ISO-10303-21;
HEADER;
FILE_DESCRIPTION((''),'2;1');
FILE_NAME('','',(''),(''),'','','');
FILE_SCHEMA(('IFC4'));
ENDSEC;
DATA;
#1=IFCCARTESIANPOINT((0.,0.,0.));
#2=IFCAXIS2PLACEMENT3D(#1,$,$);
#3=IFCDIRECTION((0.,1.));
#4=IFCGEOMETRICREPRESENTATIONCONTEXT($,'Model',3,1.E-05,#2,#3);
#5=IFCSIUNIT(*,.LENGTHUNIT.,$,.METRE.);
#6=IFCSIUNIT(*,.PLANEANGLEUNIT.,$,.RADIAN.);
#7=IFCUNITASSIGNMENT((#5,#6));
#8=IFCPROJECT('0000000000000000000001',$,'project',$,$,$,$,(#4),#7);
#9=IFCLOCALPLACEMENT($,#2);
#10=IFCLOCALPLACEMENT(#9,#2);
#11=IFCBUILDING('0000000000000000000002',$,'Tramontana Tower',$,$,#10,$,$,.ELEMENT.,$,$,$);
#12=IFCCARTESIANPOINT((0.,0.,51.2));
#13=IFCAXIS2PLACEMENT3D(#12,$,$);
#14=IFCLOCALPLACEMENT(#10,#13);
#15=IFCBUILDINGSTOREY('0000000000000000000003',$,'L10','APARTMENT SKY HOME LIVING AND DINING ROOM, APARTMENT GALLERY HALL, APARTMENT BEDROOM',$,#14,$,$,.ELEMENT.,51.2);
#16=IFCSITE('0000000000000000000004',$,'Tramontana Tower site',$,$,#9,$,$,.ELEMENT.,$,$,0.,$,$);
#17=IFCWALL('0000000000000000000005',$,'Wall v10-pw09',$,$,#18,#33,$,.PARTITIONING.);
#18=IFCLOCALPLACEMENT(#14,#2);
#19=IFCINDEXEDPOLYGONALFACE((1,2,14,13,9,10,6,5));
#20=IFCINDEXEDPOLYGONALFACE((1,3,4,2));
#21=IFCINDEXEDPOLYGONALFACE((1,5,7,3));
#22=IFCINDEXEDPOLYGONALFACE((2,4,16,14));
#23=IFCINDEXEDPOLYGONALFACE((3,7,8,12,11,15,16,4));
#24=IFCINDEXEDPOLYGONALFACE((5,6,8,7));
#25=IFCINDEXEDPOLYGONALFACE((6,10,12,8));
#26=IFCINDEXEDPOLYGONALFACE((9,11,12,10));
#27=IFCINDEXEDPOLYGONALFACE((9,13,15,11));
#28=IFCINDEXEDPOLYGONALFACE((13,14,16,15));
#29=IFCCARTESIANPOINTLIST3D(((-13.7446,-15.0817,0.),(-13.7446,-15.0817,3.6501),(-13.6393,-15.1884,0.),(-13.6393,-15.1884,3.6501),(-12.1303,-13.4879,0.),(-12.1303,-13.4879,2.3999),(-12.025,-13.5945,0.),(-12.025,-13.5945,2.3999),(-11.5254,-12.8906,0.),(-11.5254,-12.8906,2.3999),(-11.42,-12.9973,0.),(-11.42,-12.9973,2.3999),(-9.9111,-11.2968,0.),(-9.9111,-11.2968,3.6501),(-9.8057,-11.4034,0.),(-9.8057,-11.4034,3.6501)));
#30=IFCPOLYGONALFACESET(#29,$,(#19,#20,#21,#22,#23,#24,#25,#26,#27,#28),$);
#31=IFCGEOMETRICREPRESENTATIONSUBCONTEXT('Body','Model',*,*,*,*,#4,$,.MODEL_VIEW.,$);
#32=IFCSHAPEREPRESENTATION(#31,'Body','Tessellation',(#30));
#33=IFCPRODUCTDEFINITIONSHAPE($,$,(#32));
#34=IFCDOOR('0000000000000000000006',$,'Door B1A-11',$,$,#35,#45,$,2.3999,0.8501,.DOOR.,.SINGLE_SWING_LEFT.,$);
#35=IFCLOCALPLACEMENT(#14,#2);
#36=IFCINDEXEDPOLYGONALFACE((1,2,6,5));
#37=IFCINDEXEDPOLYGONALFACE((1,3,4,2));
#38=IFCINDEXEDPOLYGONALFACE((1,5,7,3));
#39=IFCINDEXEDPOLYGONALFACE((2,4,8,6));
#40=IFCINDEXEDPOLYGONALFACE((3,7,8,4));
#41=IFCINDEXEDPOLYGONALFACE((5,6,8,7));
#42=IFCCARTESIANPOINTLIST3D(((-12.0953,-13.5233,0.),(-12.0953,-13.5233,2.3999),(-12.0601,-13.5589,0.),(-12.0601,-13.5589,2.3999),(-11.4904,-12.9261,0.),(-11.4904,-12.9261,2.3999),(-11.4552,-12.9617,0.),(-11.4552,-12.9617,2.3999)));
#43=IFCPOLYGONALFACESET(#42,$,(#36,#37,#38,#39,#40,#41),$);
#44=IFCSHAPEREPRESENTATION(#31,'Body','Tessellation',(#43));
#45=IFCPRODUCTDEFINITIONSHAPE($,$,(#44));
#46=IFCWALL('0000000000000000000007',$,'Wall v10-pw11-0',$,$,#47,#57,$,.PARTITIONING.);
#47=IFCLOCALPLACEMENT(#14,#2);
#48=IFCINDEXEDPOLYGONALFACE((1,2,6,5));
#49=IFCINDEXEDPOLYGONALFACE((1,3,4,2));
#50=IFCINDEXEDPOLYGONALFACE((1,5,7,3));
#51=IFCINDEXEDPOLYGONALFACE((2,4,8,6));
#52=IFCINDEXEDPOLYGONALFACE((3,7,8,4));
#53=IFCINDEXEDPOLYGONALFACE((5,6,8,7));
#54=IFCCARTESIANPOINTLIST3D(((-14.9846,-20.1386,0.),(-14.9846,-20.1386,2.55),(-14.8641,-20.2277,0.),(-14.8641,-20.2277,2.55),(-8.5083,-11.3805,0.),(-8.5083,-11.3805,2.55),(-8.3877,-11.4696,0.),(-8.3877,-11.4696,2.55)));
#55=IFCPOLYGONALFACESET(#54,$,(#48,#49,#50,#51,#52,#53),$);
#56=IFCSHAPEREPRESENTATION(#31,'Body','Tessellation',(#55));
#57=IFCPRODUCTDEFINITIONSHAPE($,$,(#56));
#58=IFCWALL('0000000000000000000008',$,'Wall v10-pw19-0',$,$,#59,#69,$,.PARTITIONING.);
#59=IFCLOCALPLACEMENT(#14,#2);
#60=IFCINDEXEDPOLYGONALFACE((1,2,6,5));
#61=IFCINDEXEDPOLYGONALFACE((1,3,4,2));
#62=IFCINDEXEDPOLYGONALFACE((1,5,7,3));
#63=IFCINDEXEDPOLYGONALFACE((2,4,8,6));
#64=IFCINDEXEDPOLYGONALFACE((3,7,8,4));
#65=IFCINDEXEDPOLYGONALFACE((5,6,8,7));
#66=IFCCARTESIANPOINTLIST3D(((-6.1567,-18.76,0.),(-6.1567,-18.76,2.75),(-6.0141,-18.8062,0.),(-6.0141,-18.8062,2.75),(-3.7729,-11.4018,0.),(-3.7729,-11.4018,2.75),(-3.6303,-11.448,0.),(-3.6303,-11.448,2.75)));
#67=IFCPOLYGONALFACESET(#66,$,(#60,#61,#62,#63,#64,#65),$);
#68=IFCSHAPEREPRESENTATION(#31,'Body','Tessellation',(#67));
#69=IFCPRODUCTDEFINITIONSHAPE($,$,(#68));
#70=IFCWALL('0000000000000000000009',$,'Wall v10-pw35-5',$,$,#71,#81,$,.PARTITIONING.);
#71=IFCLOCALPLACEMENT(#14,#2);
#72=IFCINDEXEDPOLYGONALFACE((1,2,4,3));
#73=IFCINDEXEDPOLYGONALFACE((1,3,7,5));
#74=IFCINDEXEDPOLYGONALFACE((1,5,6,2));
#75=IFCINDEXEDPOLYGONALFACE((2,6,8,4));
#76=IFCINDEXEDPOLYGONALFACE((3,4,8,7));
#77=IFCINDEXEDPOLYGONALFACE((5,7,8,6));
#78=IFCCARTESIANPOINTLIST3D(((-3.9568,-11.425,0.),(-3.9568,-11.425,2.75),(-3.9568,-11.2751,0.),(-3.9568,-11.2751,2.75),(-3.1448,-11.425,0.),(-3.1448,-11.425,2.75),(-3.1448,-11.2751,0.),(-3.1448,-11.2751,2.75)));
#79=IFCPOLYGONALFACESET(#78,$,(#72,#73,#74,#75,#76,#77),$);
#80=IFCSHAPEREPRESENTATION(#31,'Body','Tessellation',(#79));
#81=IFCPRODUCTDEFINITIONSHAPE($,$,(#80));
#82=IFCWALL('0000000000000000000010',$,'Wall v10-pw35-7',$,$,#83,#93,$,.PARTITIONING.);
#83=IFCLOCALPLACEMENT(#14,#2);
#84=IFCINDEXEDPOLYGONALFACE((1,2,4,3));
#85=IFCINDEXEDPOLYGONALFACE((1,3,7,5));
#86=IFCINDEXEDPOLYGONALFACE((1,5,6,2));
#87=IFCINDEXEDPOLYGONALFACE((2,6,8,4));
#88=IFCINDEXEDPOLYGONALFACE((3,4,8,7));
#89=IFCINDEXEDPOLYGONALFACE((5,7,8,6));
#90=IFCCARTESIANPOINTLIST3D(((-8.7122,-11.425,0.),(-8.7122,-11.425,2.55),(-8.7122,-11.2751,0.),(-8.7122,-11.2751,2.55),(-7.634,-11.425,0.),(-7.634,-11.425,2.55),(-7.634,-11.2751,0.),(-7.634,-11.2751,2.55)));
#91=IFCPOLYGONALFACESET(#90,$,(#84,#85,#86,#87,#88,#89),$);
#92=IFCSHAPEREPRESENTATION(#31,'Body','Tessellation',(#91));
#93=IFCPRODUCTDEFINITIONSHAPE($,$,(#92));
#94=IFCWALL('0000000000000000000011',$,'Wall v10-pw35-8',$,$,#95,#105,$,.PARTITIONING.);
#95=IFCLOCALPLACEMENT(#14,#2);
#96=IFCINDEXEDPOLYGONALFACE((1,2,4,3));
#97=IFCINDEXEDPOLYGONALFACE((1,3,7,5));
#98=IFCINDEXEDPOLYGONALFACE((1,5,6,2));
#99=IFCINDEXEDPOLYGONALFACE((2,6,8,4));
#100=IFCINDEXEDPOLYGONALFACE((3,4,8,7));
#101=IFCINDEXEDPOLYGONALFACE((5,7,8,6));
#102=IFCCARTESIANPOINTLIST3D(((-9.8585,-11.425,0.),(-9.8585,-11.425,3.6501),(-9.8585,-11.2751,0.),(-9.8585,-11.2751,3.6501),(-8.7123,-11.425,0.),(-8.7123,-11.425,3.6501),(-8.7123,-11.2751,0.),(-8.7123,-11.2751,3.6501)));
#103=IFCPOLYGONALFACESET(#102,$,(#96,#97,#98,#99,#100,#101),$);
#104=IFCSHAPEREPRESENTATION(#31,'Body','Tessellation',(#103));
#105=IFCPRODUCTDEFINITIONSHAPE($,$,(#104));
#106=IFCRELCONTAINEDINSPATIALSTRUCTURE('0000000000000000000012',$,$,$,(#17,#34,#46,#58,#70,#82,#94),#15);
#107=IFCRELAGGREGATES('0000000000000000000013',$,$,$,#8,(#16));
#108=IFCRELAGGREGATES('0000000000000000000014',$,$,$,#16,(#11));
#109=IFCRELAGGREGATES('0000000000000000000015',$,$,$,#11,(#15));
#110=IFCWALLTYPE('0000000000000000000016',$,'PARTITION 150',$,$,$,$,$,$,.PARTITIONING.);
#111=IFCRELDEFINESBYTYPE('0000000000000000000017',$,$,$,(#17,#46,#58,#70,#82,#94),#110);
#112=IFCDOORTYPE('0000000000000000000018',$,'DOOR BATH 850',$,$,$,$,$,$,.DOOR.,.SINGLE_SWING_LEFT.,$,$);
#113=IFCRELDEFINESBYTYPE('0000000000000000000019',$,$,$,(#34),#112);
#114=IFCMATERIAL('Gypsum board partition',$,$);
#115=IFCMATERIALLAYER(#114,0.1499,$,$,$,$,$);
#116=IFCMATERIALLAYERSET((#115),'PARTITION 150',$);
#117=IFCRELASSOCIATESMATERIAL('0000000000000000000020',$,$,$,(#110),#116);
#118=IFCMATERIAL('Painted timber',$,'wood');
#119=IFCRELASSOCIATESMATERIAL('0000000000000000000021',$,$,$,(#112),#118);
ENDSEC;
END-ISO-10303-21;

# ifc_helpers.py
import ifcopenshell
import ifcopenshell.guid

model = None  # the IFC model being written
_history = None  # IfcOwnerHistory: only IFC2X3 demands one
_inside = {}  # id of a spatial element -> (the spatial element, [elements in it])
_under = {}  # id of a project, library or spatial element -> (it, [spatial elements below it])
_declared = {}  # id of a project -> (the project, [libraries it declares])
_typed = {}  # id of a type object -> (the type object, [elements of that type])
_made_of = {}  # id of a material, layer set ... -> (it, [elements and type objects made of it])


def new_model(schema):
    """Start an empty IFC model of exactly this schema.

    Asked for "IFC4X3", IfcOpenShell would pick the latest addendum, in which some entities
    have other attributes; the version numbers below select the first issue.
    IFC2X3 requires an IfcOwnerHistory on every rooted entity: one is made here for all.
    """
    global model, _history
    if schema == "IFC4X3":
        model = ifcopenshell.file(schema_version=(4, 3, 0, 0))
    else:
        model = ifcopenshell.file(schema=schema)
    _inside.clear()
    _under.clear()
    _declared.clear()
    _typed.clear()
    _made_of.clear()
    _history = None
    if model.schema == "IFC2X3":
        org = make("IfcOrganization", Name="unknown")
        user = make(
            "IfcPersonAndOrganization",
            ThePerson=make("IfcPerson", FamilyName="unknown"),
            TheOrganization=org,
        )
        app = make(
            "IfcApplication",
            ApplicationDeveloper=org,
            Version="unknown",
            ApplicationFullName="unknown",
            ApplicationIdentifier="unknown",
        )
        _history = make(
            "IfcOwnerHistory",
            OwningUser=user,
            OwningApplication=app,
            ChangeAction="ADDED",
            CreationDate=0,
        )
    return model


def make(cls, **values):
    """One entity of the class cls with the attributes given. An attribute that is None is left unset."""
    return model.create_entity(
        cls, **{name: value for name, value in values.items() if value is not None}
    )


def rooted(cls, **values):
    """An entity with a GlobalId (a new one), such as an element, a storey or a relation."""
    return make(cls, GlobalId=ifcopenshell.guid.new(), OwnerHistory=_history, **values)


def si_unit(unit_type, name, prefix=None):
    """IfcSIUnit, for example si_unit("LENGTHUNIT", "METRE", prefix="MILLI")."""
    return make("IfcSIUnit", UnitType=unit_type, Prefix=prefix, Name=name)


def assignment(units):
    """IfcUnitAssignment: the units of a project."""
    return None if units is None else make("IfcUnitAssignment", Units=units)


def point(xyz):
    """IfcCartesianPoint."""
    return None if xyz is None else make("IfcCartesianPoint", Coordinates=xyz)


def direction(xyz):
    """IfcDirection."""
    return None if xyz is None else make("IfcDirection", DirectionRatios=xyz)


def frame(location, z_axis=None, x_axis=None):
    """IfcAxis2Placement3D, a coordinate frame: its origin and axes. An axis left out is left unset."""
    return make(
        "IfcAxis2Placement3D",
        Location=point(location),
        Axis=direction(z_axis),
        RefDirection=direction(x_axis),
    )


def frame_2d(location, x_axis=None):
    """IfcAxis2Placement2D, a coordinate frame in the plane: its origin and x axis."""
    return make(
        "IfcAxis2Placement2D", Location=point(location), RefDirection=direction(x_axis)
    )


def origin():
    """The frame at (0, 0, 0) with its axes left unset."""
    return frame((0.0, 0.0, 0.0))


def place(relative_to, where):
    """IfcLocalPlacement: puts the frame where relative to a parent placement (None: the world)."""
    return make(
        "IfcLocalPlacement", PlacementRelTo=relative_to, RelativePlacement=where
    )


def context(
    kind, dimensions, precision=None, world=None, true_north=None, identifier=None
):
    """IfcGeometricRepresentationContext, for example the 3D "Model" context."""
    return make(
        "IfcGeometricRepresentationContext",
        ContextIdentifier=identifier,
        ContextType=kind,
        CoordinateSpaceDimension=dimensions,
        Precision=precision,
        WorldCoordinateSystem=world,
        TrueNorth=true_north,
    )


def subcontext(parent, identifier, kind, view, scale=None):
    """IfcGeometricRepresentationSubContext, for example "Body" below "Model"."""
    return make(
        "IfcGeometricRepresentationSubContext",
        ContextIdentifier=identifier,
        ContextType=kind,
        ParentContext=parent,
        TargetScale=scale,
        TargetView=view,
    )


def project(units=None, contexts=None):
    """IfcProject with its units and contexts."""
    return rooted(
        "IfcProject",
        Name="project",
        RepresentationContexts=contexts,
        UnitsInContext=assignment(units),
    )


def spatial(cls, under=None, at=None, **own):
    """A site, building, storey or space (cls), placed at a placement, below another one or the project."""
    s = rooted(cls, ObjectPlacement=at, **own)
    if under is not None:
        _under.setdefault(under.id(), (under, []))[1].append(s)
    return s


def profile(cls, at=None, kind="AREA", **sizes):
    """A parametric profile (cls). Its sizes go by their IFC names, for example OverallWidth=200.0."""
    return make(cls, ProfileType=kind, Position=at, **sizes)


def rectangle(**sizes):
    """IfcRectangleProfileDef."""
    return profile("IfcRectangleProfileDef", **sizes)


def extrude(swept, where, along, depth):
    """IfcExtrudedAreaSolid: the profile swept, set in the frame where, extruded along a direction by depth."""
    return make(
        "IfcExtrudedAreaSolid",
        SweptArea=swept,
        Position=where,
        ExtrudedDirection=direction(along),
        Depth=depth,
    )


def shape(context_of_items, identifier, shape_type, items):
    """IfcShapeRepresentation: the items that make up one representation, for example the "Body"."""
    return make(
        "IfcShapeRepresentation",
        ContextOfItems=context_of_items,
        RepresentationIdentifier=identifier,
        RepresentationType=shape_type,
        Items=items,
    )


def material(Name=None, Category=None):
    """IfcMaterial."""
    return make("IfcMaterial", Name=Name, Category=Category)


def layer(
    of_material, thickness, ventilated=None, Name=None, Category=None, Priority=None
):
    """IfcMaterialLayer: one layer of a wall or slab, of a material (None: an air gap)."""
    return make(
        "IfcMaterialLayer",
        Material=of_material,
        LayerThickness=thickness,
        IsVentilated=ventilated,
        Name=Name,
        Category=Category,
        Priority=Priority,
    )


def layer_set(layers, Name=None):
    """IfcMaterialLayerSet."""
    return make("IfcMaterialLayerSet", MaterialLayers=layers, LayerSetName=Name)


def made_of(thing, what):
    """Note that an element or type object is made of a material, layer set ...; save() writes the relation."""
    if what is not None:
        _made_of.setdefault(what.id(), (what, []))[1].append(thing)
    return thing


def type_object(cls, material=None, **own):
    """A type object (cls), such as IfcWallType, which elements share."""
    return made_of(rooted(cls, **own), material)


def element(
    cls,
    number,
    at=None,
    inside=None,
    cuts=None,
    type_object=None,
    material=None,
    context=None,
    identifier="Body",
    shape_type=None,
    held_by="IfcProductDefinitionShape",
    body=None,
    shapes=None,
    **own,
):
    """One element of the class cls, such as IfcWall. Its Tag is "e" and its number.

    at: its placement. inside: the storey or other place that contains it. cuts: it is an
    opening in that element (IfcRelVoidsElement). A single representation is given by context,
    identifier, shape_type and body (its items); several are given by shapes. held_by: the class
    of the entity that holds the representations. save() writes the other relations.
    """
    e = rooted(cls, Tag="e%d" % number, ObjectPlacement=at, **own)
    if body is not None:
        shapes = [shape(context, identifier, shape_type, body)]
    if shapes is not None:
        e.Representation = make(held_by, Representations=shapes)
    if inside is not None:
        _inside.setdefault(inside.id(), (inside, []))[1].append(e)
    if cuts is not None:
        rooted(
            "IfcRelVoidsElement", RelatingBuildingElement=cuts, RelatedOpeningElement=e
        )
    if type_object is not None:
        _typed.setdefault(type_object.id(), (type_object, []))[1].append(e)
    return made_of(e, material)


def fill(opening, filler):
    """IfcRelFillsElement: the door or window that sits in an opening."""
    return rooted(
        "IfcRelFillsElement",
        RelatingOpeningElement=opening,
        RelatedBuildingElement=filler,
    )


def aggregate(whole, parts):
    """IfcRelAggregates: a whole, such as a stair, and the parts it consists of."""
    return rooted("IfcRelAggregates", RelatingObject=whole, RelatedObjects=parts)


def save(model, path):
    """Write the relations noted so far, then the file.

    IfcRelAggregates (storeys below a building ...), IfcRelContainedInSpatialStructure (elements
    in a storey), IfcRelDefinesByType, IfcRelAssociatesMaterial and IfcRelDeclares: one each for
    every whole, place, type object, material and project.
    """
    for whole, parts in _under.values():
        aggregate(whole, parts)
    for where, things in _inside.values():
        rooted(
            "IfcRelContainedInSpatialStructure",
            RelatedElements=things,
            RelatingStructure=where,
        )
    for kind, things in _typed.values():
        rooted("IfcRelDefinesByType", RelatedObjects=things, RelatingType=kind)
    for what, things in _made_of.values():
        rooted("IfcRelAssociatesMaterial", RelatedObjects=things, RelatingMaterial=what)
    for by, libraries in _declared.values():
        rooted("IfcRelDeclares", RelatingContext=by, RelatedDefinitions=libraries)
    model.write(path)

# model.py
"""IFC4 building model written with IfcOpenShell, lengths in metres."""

from ifc_helpers import new_model, si_unit, direction, frame, frame_2d, origin, place, context, subcontext, project, spatial, rectangle, extrude, material, layer, layer_set, type_object, element, fill, save


model = new_model("IFC4")

# Units and contexts
model_context = context("Model", 3, precision=1e-05, world=origin(), true_north=direction((0.0, 1.0)))
body_context = subcontext(model_context, "Body", "Model", "MODEL_VIEW")
ifc_project = project(units=[si_unit("LENGTHUNIT", "METRE"), si_unit("PLANEANGLEUNIT", "RADIAN")], contexts=[model_context])

# Site, building, storey
site_placement = place(None, origin())
site = spatial("IfcSite", under=ifc_project, at=site_placement, Name="Tramontana Tower site", CompositionType="ELEMENT", RefElevation=0.0)
building_placement = place(site_placement, origin())
building = spatial("IfcBuilding", under=site, at=building_placement, Name="Tramontana Tower", CompositionType="ELEMENT")
storey_placement = place(building_placement, frame((0.0, 0.0, 51.2)))
storey = spatial("IfcBuildingStorey", under=building, at=storey_placement, Name="L10", Description="APARTMENT SKY HOME LIVING AND DINING ROOM, APARTMENT GALLERY HALL, APARTMENT BEDROOM", CompositionType="ELEMENT", Elevation=51.2)

# Shared definitions
ifc_material_1 = material(Name="Gypsum board partition")
ifc_layer_1 = layer(ifc_material_1, 0.1499)
ifc_layer_set_1 = layer_set([ifc_layer_1], Name="PARTITION 150")
wall_type_1 = type_object("IfcWallType", Name="PARTITION 150", PredefinedType="PARTITIONING", material=ifc_layer_set_1)

# Wall, opening, door
wall_1_placement = place(storey_placement, frame((-9.8584, -11.3501, 0.0), z_axis=(0.0, 0.0, 1.0), x_axis=(-0.711602, -0.702583, 0.0)))
wall_1 = element("IfcWall", 1, at=wall_1_placement, inside=storey, type_object=wall_type_1, Name="Wall v10-pw09", PredefinedType="PARTITIONING", context=body_context, shape_type="SweptSolid", body=[
    extrude(rectangle(XDim=5.3872, YDim=0.1499, at=frame_2d((2.6936, 0.0))), origin(), (0.0, 0.0, 1.0), 3.6501),
])
opening_1_placement = place(wall_1_placement, frame((2.2686, 0.0, 0.0)))
opening_1 = element("IfcOpeningElement", 2, at=opening_1_placement, cuts=wall_1, PredefinedType="OPENING", context=body_context, shape_type="SweptSolid", body=[
    extrude(rectangle(XDim=0.8501, YDim=2.3999, at=frame_2d((0.425, 1.2))), frame((0.0, 0.085, 0.0), z_axis=(0.0, -1.0, 0.0), x_axis=(1.0, 0.0, 0.0)), (0.0, 0.0, 1.0), 0.1699),
])
ifc_material_2 = material(Name="Painted timber", Category="wood")
door_type_1 = type_object("IfcDoorType", Name="DOOR BATH 850", OperationType="SINGLE_SWING_LEFT", PredefinedType="DOOR", material=ifc_material_2)
door_1_placement = place(opening_1_placement, origin())
door_1 = element("IfcDoor", 3, at=door_1_placement, inside=storey, type_object=door_type_1, Name="Door B1A-11", OperationType="SINGLE_SWING_LEFT", OverallHeight=2.3999, OverallWidth=0.8501, PredefinedType="DOOR", context=body_context, shape_type="SweptSolid", body=[
    extrude(rectangle(XDim=0.8501, YDim=2.3999, at=frame_2d((0.425, 1.2))), frame((0.0, 0.0249, 0.0), z_axis=(0.0, -1.0, 0.0), x_axis=(1.0, 0.0, 0.0)), (0.0, 0.0, 1.0), 0.05),
])
fill(opening_1, door_1)

# Walls
wall_2_placement = place(storey_placement, frame((-8.448, -11.425, 0.0), z_axis=(0.0, 0.0, 1.0), x_axis=(-0.594568, -0.804046, 0.0)))
element("IfcWall", 4, at=wall_2_placement, inside=storey, type_object=wall_type_1, Name="Wall v10-pw11-0", PredefinedType="PARTITIONING", context=body_context, shape_type="SweptSolid", body=[
    extrude(rectangle(XDim=10.8926, YDim=0.1499, at=frame_2d((5.4463, 0.0))), origin(), (0.0, 0.0, 1.0), 2.55),
])
wall_3_placement = place(storey_placement, frame((-3.7017, -11.425, 0.0), z_axis=(0.0, 0.0, 1.0), x_axis=(-0.308196, -0.951323, 0.0)))
element("IfcWall", 5, at=wall_3_placement, inside=storey, type_object=wall_type_1, Name="Wall v10-pw19-0", PredefinedType="PARTITIONING", context=body_context, shape_type="SweptSolid", body=[
    extrude(rectangle(XDim=7.7346, YDim=0.1499, at=frame_2d((3.8672, 0.0))), origin(), (0.0, 0.0, 1.0), 2.75),
])
wall_4_placement = place(storey_placement, frame((-3.1448, -11.3501, 0.0), z_axis=(0.0, 0.0, 1.0), x_axis=(-1.0, 0.0, 0.0)))
element("IfcWall", 6, at=wall_4_placement, inside=storey, type_object=wall_type_1, Name="Wall v10-pw35-5", PredefinedType="PARTITIONING", context=body_context, shape_type="SweptSolid", body=[
    extrude(rectangle(XDim=0.812, YDim=0.1499, at=frame_2d((0.406, 0.0))), origin(), (0.0, 0.0, 1.0), 2.75),
])

# Walls
wall_5_placement = place(storey_placement, frame((-7.634, -11.3501, 0.0), z_axis=(0.0, 0.0, 1.0), x_axis=(-1.0, 0.0, 0.0)))
element("IfcWall", 7, at=wall_5_placement, inside=storey, type_object=wall_type_1, Name="Wall v10-pw35-7", PredefinedType="PARTITIONING", context=body_context, shape_type="SweptSolid", body=[
    extrude(rectangle(XDim=1.0781, YDim=0.1499, at=frame_2d((0.5391, 0.0))), origin(), (0.0, 0.0, 1.0), 2.55),
])
wall_6_placement = place(storey_placement, frame((-8.7122, -11.3501, 0.0), z_axis=(0.0, 0.0, 1.0), x_axis=(-1.0, 0.0, 0.0)))
element("IfcWall", 8, at=wall_6_placement, inside=storey, type_object=wall_type_1, Name="Wall v10-pw35-8", PredefinedType="PARTITIONING", context=body_context, shape_type="SweptSolid", body=[
    extrude(rectangle(XDim=1.1462, YDim=0.1499, at=frame_2d((0.5732, 0.0))), origin(), (0.0, 0.0, 1.0), 3.6501),
])

save(model, "model.ifc")
